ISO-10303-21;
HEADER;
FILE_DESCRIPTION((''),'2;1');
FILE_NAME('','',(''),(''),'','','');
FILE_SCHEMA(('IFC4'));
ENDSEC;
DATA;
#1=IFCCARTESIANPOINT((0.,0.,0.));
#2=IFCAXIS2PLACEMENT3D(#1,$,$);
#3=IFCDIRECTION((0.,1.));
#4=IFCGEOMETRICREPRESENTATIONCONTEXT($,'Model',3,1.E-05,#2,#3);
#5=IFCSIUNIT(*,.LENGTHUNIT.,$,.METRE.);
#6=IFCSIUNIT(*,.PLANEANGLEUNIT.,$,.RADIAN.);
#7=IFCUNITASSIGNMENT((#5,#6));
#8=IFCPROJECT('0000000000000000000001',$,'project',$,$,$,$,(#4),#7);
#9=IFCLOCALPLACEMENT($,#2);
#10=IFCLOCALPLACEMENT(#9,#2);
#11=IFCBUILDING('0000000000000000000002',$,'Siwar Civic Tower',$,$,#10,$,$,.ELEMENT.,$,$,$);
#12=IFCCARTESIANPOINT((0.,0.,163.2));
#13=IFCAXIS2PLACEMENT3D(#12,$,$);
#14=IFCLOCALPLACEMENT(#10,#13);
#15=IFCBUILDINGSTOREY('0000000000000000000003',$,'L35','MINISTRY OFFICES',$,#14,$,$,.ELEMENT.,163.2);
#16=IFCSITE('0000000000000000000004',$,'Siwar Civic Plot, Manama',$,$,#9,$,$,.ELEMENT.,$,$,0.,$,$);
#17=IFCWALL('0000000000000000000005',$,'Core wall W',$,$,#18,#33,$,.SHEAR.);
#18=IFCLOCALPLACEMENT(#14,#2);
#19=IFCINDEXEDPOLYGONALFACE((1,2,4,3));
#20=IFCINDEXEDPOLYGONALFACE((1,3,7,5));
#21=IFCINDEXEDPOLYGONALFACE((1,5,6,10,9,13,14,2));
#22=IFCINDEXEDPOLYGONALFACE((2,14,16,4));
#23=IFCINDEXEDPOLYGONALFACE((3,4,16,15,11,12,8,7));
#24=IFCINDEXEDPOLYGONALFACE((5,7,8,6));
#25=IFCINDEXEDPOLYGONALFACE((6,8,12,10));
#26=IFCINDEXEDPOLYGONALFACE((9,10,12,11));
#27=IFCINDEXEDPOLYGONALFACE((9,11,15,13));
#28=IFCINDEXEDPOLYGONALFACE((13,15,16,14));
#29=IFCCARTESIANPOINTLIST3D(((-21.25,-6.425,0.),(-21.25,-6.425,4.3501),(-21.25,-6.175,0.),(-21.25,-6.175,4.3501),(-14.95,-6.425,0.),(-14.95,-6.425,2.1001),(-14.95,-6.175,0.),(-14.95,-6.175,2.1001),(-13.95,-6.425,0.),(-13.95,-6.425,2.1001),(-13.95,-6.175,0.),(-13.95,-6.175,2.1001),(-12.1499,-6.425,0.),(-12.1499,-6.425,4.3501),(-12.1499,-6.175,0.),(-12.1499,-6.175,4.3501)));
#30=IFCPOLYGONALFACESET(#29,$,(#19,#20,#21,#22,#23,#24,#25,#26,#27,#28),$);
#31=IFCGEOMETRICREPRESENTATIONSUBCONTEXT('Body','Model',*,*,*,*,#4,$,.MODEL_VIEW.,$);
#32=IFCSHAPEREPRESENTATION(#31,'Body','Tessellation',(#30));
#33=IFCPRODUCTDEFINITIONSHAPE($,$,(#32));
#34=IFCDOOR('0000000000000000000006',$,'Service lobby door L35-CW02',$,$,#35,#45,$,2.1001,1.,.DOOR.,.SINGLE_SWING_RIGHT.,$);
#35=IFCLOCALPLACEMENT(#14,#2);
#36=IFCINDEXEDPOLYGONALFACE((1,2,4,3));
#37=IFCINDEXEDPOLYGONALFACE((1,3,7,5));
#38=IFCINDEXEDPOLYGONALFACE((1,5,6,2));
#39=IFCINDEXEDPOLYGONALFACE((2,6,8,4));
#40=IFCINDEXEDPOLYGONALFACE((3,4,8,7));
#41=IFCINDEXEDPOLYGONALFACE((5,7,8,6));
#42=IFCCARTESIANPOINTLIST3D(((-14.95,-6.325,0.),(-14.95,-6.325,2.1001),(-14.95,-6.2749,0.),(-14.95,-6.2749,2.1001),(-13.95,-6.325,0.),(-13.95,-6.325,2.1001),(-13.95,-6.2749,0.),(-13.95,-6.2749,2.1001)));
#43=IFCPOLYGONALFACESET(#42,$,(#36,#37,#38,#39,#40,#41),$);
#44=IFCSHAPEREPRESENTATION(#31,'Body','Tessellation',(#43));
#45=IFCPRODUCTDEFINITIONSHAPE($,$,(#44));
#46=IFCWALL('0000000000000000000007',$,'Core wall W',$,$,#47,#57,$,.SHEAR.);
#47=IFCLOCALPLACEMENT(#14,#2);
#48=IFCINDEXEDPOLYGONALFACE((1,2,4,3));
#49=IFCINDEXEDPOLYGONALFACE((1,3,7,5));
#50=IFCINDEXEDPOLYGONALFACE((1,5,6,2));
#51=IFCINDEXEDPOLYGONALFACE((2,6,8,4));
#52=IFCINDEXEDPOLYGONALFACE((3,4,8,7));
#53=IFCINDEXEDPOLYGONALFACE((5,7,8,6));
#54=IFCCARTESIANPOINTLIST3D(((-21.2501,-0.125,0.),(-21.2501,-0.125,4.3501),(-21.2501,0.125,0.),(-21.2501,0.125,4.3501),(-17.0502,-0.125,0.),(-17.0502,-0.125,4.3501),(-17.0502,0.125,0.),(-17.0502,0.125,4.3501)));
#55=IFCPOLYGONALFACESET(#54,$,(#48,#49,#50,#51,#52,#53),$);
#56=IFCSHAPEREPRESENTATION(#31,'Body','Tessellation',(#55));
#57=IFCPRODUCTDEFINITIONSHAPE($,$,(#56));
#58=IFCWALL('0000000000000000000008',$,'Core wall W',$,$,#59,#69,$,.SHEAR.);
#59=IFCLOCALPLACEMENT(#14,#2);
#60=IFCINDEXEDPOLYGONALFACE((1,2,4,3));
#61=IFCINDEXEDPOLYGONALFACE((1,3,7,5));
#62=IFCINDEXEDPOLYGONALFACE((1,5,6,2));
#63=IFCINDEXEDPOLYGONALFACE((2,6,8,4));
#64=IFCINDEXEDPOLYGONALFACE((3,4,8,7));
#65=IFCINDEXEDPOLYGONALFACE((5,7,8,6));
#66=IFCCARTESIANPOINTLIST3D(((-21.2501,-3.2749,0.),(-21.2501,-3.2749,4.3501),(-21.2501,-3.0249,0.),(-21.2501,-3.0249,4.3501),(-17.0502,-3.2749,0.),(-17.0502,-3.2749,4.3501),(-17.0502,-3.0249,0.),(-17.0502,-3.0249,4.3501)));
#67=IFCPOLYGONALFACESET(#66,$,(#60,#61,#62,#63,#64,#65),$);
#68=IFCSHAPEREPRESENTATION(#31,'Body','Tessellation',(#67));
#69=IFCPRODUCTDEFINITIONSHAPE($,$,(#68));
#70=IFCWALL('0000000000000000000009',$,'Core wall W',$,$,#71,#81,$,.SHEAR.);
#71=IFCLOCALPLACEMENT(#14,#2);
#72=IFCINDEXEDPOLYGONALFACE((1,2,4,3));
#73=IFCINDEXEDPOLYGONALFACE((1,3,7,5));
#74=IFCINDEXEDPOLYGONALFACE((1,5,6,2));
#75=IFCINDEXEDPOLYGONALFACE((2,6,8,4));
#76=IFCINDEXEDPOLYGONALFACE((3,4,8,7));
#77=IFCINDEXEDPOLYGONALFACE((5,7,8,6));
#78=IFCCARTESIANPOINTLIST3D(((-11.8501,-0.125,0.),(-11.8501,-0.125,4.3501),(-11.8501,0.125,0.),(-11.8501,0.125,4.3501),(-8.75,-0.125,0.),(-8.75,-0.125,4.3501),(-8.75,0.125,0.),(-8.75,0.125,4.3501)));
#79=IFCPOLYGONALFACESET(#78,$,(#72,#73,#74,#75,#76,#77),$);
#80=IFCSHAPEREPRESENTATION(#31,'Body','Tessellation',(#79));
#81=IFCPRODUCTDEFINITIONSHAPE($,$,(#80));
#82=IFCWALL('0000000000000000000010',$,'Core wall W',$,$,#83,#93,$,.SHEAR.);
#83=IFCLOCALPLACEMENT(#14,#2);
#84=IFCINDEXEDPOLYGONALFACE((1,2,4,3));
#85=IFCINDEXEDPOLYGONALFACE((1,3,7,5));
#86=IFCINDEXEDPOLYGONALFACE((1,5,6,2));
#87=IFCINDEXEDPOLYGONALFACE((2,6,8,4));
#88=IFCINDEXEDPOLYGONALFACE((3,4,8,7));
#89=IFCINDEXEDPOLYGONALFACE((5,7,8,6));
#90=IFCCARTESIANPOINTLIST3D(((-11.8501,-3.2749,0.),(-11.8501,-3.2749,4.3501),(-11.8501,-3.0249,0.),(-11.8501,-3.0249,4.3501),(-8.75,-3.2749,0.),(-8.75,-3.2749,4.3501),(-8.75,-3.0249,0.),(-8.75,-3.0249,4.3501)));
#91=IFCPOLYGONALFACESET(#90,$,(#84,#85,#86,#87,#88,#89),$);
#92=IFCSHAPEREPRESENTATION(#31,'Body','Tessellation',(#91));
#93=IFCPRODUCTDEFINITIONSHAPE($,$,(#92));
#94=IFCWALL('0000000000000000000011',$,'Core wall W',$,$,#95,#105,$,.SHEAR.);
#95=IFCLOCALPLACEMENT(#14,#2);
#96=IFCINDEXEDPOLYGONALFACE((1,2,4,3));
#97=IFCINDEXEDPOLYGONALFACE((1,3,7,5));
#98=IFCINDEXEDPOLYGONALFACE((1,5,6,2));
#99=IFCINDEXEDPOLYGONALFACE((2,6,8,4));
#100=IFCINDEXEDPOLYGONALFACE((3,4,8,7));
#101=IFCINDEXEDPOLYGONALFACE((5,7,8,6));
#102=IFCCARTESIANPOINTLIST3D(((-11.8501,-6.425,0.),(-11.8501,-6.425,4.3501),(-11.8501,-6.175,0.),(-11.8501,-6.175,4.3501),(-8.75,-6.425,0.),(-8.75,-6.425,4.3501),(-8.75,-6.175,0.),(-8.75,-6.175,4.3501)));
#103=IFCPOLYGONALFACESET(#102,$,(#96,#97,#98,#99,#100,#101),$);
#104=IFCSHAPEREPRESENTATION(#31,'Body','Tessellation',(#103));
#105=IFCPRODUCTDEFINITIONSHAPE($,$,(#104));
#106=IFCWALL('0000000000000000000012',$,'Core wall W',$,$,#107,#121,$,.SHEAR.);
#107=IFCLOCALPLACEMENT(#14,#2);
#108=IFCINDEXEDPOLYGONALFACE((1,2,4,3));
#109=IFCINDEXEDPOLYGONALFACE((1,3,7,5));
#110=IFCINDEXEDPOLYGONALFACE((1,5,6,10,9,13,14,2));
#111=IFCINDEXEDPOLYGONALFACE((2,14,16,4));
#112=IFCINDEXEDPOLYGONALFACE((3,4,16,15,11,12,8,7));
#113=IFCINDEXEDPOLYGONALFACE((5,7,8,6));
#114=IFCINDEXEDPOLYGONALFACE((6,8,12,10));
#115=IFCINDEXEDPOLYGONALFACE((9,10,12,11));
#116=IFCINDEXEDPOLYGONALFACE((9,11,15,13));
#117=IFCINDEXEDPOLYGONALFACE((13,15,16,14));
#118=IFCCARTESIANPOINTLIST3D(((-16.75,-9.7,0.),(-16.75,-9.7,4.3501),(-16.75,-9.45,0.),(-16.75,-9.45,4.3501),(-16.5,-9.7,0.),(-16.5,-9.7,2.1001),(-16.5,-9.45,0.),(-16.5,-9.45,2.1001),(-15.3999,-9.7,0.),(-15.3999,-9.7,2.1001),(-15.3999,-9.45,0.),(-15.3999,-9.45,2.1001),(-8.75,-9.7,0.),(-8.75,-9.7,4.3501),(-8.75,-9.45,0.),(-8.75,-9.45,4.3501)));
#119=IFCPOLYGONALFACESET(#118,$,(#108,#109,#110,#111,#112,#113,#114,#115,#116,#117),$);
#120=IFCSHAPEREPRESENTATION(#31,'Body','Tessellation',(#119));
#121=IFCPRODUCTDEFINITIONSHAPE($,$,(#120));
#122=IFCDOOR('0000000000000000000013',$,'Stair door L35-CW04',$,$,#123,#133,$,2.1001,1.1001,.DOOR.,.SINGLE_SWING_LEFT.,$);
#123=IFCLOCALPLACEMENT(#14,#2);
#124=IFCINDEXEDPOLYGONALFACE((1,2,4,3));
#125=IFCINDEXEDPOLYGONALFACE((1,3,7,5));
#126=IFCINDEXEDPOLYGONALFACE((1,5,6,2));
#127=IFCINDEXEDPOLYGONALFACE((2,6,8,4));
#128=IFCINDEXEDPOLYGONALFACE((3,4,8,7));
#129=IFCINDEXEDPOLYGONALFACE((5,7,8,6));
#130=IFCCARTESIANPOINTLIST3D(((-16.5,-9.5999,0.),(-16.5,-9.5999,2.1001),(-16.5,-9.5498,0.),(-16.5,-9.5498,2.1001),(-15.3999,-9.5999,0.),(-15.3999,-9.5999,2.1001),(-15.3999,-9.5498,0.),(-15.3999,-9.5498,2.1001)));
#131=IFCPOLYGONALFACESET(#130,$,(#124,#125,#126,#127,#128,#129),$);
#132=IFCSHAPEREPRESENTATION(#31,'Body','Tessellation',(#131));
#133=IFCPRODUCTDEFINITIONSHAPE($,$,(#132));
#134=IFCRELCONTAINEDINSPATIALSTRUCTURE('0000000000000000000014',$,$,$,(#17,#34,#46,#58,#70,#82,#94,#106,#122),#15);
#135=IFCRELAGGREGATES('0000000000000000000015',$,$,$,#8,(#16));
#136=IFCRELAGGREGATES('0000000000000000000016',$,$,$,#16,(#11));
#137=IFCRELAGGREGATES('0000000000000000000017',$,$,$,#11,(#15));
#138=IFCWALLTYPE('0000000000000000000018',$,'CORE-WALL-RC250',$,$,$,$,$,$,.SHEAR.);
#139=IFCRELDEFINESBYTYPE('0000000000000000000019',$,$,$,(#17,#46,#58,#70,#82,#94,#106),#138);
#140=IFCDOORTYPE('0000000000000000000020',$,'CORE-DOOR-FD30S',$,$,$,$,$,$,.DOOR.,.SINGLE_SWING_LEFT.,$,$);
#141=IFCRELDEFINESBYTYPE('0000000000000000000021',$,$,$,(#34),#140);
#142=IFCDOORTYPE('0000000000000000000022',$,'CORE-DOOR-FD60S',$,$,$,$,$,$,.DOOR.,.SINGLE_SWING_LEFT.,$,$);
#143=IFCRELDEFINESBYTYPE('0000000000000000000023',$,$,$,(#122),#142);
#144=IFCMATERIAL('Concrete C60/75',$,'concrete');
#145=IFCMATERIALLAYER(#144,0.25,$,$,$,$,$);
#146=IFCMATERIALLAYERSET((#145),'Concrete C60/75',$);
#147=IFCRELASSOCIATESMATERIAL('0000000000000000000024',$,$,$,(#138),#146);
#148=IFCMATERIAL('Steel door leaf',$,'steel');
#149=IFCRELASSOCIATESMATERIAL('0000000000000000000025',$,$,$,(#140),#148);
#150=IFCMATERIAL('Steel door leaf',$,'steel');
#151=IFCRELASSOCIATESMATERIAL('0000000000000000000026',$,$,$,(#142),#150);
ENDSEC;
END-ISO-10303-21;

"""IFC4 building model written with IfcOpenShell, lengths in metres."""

from ifc_helpers import new_model, si_unit, direction, frame, frame_2d, origin, place, context, subcontext, project, spatial, rectangle, extrude, material, layer, layer_set, type_object, element, fill, save


model = new_model("IFC4")

# Units and contexts
model_context = context("Model", 3, precision=1e-05, world=origin(), true_north=direction((0.0, 1.0)))
body_context = subcontext(model_context, "Body", "Model", "MODEL_VIEW")
ifc_project = project(units=[si_unit("LENGTHUNIT", "METRE"), si_unit("PLANEANGLEUNIT", "RADIAN")], contexts=[model_context])

# Site, building, storey
site_placement = place(None, origin())
site = spatial("IfcSite", under=ifc_project, at=site_placement, Name="Siwar Civic Plot, Manama", CompositionType="ELEMENT", RefElevation=0.0)
building_placement = place(site_placement, origin())
building = spatial("IfcBuilding", under=site, at=building_placement, Name="Siwar Civic Tower", CompositionType="ELEMENT")
storey_placement = place(building_placement, frame((0.0, 0.0, 163.2)))
storey = spatial("IfcBuildingStorey", under=building, at=storey_placement, Name="L35", Description="MINISTRY OFFICES", CompositionType="ELEMENT", Elevation=163.2)

# Wall, opening, door
ifc_material_1 = material(Name="Concrete C60/75", Category="concrete")
ifc_layer_1 = layer(ifc_material_1, 0.25)
ifc_layer_set_1 = layer_set([ifc_layer_1], Name="Concrete C60/75")
wall_type_1 = type_object("IfcWallType", Name="CORE-WALL-RC250", PredefinedType="SHEAR", material=ifc_layer_set_1)
wall_1_placement = place(storey_placement, frame((-12.1499, -6.3, 0.0), z_axis=(0.0, 0.0, 1.0), x_axis=(-1.0, 0.0, 0.0)))
wall_1 = element("IfcWall", 1, at=wall_1_placement, inside=storey, type_object=wall_type_1, Name="Core wall W", PredefinedType="SHEAR", context=body_context, shape_type="SweptSolid", body=[
    extrude(rectangle(XDim=9.1001, YDim=0.25, at=frame_2d((4.55, 0.0))), origin(), (0.0, 0.0, 1.0), 4.3501),
])
opening_1_placement = place(wall_1_placement, frame((1.8, 0.0, 0.0)))
opening_1 = element("IfcOpeningElement", 2, at=opening_1_placement, cuts=wall_1, PredefinedType="OPENING", context=body_context, shape_type="SweptSolid", body=[
    extrude(rectangle(XDim=1.0, YDim=2.1001, at=frame_2d((0.5, 1.05))), frame((0.0, 0.135, 0.0), z_axis=(0.0, -1.0, 0.0), x_axis=(1.0, 0.0, 0.0)), (0.0, 0.0, 1.0), 0.27),
])
ifc_material_2 = material(Name="Steel door leaf", Category="steel")
door_type_1 = type_object("IfcDoorType", Name="CORE-DOOR-FD30S", OperationType="SINGLE_SWING_LEFT", PredefinedType="DOOR", material=ifc_material_2)
door_1_placement = place(opening_1_placement, origin())
door_1 = element("IfcDoor", 3, at=door_1_placement, inside=storey, type_object=door_type_1, Name="Service lobby door L35-CW02", OperationType="SINGLE_SWING_RIGHT", OverallHeight=2.1001, OverallWidth=1.0, PredefinedType="DOOR", context=body_context, shape_type="SweptSolid", body=[
    extrude(rectangle(XDim=1.0, YDim=2.1001, at=frame_2d((0.5, 1.05))), frame((0.0, 0.0249, 0.0), z_axis=(0.0, -1.0, 0.0), x_axis=(1.0, 0.0, 0.0)), (0.0, 0.0, 1.0), 0.05),
])
fill(opening_1, door_1)

# Walls
for number, where, z_axis, x_axis, name in (
    (4, (-17.05, 0.0, 0.0), (0.0, 0.0, 1.0), (-1.0, 0.0, 0.0), "Core wall W"),
    (5, (-17.05, -3.1499, 0.0), (0.0, 0.0, 1.0), (-1.0, 0.0, 0.0), "Core wall W"),
):
    element("IfcWall", number, at=place(storey_placement, frame(where, z_axis=z_axis, x_axis=x_axis)), inside=storey, type_object=wall_type_1, Name=name, PredefinedType="SHEAR", context=body_context, shape_type="SweptSolid", body=[
        extrude(rectangle(XDim=4.2, YDim=0.25, at=frame_2d((2.1001, 0.0))), origin(), (0.0, 0.0, 1.0), 4.3501),
    ])
for number, where, z_axis, x_axis, name in (
    (6, (-8.75, 0.0, 0.0), (0.0, 0.0, 1.0), (-1.0, 0.0, 0.0), "Core wall W"),
    (7, (-8.75, -3.1499, 0.0), (0.0, 0.0, 1.0), (-1.0, 0.0, 0.0), "Core wall W"),
    (8, (-8.75, -6.3, 0.0), (0.0, 0.0, 1.0), (-1.0, 0.0, 0.0), "Core wall W"),
):
    element("IfcWall", number, at=place(storey_placement, frame(where, z_axis=z_axis, x_axis=x_axis)), inside=storey, type_object=wall_type_1, Name=name, PredefinedType="SHEAR", context=body_context, shape_type="SweptSolid", body=[
        extrude(rectangle(XDim=3.1001, YDim=0.25, at=frame_2d((1.55, 0.0))), origin(), (0.0, 0.0, 1.0), 4.3501),
    ])

# Wall, opening, door
wall_2_placement = place(storey_placement, frame((-8.75, -9.575, 0.0), z_axis=(0.0, 0.0, 1.0), x_axis=(-1.0, 0.0, 0.0)))
wall_2 = element("IfcWall", 9, at=wall_2_placement, inside=storey, type_object=wall_type_1, Name="Core wall W", PredefinedType="SHEAR", context=body_context, shape_type="SweptSolid", body=[
    extrude(rectangle(XDim=8.0, YDim=0.25, at=frame_2d((4.0, 0.0))), origin(), (0.0, 0.0, 1.0), 4.3501),
])
opening_2_placement = place(wall_2_placement, frame((6.6499, 0.0, 0.0)))
opening_2 = element("IfcOpeningElement", 10, at=opening_2_placement, cuts=wall_2, PredefinedType="OPENING", context=body_context, shape_type="SweptSolid", body=[
    extrude(rectangle(XDim=1.1001, YDim=2.1001, at=frame_2d((0.55, 1.05))), frame((0.0, 0.135, 0.0), z_axis=(0.0, -1.0, 0.0), x_axis=(1.0, 0.0, 0.0)), (0.0, 0.0, 1.0), 0.27),
])
ifc_material_3 = material(Name="Steel door leaf", Category="steel")
door_type_2 = type_object("IfcDoorType", Name="CORE-DOOR-FD60S", OperationType="SINGLE_SWING_LEFT", PredefinedType="DOOR", material=ifc_material_3)
door_2_placement = place(opening_2_placement, origin())
door_2 = element("IfcDoor", 11, at=door_2_placement, inside=storey, type_object=door_type_2, Name="Stair door L35-CW04", OperationType="SINGLE_SWING_LEFT", OverallHeight=2.1001, OverallWidth=1.1001, PredefinedType="DOOR", context=body_context, shape_type="SweptSolid", body=[
    extrude(rectangle(XDim=1.1001, YDim=2.1001, at=frame_2d((0.55, 1.05))), frame((0.0, 0.0249, 0.0), z_axis=(0.0, -1.0, 0.0), x_axis=(1.0, 0.0, 0.0)), (0.0, 0.0, 1.0), 0.05),
])
fill(opening_2, door_2)

save(model, "model.ifc")
